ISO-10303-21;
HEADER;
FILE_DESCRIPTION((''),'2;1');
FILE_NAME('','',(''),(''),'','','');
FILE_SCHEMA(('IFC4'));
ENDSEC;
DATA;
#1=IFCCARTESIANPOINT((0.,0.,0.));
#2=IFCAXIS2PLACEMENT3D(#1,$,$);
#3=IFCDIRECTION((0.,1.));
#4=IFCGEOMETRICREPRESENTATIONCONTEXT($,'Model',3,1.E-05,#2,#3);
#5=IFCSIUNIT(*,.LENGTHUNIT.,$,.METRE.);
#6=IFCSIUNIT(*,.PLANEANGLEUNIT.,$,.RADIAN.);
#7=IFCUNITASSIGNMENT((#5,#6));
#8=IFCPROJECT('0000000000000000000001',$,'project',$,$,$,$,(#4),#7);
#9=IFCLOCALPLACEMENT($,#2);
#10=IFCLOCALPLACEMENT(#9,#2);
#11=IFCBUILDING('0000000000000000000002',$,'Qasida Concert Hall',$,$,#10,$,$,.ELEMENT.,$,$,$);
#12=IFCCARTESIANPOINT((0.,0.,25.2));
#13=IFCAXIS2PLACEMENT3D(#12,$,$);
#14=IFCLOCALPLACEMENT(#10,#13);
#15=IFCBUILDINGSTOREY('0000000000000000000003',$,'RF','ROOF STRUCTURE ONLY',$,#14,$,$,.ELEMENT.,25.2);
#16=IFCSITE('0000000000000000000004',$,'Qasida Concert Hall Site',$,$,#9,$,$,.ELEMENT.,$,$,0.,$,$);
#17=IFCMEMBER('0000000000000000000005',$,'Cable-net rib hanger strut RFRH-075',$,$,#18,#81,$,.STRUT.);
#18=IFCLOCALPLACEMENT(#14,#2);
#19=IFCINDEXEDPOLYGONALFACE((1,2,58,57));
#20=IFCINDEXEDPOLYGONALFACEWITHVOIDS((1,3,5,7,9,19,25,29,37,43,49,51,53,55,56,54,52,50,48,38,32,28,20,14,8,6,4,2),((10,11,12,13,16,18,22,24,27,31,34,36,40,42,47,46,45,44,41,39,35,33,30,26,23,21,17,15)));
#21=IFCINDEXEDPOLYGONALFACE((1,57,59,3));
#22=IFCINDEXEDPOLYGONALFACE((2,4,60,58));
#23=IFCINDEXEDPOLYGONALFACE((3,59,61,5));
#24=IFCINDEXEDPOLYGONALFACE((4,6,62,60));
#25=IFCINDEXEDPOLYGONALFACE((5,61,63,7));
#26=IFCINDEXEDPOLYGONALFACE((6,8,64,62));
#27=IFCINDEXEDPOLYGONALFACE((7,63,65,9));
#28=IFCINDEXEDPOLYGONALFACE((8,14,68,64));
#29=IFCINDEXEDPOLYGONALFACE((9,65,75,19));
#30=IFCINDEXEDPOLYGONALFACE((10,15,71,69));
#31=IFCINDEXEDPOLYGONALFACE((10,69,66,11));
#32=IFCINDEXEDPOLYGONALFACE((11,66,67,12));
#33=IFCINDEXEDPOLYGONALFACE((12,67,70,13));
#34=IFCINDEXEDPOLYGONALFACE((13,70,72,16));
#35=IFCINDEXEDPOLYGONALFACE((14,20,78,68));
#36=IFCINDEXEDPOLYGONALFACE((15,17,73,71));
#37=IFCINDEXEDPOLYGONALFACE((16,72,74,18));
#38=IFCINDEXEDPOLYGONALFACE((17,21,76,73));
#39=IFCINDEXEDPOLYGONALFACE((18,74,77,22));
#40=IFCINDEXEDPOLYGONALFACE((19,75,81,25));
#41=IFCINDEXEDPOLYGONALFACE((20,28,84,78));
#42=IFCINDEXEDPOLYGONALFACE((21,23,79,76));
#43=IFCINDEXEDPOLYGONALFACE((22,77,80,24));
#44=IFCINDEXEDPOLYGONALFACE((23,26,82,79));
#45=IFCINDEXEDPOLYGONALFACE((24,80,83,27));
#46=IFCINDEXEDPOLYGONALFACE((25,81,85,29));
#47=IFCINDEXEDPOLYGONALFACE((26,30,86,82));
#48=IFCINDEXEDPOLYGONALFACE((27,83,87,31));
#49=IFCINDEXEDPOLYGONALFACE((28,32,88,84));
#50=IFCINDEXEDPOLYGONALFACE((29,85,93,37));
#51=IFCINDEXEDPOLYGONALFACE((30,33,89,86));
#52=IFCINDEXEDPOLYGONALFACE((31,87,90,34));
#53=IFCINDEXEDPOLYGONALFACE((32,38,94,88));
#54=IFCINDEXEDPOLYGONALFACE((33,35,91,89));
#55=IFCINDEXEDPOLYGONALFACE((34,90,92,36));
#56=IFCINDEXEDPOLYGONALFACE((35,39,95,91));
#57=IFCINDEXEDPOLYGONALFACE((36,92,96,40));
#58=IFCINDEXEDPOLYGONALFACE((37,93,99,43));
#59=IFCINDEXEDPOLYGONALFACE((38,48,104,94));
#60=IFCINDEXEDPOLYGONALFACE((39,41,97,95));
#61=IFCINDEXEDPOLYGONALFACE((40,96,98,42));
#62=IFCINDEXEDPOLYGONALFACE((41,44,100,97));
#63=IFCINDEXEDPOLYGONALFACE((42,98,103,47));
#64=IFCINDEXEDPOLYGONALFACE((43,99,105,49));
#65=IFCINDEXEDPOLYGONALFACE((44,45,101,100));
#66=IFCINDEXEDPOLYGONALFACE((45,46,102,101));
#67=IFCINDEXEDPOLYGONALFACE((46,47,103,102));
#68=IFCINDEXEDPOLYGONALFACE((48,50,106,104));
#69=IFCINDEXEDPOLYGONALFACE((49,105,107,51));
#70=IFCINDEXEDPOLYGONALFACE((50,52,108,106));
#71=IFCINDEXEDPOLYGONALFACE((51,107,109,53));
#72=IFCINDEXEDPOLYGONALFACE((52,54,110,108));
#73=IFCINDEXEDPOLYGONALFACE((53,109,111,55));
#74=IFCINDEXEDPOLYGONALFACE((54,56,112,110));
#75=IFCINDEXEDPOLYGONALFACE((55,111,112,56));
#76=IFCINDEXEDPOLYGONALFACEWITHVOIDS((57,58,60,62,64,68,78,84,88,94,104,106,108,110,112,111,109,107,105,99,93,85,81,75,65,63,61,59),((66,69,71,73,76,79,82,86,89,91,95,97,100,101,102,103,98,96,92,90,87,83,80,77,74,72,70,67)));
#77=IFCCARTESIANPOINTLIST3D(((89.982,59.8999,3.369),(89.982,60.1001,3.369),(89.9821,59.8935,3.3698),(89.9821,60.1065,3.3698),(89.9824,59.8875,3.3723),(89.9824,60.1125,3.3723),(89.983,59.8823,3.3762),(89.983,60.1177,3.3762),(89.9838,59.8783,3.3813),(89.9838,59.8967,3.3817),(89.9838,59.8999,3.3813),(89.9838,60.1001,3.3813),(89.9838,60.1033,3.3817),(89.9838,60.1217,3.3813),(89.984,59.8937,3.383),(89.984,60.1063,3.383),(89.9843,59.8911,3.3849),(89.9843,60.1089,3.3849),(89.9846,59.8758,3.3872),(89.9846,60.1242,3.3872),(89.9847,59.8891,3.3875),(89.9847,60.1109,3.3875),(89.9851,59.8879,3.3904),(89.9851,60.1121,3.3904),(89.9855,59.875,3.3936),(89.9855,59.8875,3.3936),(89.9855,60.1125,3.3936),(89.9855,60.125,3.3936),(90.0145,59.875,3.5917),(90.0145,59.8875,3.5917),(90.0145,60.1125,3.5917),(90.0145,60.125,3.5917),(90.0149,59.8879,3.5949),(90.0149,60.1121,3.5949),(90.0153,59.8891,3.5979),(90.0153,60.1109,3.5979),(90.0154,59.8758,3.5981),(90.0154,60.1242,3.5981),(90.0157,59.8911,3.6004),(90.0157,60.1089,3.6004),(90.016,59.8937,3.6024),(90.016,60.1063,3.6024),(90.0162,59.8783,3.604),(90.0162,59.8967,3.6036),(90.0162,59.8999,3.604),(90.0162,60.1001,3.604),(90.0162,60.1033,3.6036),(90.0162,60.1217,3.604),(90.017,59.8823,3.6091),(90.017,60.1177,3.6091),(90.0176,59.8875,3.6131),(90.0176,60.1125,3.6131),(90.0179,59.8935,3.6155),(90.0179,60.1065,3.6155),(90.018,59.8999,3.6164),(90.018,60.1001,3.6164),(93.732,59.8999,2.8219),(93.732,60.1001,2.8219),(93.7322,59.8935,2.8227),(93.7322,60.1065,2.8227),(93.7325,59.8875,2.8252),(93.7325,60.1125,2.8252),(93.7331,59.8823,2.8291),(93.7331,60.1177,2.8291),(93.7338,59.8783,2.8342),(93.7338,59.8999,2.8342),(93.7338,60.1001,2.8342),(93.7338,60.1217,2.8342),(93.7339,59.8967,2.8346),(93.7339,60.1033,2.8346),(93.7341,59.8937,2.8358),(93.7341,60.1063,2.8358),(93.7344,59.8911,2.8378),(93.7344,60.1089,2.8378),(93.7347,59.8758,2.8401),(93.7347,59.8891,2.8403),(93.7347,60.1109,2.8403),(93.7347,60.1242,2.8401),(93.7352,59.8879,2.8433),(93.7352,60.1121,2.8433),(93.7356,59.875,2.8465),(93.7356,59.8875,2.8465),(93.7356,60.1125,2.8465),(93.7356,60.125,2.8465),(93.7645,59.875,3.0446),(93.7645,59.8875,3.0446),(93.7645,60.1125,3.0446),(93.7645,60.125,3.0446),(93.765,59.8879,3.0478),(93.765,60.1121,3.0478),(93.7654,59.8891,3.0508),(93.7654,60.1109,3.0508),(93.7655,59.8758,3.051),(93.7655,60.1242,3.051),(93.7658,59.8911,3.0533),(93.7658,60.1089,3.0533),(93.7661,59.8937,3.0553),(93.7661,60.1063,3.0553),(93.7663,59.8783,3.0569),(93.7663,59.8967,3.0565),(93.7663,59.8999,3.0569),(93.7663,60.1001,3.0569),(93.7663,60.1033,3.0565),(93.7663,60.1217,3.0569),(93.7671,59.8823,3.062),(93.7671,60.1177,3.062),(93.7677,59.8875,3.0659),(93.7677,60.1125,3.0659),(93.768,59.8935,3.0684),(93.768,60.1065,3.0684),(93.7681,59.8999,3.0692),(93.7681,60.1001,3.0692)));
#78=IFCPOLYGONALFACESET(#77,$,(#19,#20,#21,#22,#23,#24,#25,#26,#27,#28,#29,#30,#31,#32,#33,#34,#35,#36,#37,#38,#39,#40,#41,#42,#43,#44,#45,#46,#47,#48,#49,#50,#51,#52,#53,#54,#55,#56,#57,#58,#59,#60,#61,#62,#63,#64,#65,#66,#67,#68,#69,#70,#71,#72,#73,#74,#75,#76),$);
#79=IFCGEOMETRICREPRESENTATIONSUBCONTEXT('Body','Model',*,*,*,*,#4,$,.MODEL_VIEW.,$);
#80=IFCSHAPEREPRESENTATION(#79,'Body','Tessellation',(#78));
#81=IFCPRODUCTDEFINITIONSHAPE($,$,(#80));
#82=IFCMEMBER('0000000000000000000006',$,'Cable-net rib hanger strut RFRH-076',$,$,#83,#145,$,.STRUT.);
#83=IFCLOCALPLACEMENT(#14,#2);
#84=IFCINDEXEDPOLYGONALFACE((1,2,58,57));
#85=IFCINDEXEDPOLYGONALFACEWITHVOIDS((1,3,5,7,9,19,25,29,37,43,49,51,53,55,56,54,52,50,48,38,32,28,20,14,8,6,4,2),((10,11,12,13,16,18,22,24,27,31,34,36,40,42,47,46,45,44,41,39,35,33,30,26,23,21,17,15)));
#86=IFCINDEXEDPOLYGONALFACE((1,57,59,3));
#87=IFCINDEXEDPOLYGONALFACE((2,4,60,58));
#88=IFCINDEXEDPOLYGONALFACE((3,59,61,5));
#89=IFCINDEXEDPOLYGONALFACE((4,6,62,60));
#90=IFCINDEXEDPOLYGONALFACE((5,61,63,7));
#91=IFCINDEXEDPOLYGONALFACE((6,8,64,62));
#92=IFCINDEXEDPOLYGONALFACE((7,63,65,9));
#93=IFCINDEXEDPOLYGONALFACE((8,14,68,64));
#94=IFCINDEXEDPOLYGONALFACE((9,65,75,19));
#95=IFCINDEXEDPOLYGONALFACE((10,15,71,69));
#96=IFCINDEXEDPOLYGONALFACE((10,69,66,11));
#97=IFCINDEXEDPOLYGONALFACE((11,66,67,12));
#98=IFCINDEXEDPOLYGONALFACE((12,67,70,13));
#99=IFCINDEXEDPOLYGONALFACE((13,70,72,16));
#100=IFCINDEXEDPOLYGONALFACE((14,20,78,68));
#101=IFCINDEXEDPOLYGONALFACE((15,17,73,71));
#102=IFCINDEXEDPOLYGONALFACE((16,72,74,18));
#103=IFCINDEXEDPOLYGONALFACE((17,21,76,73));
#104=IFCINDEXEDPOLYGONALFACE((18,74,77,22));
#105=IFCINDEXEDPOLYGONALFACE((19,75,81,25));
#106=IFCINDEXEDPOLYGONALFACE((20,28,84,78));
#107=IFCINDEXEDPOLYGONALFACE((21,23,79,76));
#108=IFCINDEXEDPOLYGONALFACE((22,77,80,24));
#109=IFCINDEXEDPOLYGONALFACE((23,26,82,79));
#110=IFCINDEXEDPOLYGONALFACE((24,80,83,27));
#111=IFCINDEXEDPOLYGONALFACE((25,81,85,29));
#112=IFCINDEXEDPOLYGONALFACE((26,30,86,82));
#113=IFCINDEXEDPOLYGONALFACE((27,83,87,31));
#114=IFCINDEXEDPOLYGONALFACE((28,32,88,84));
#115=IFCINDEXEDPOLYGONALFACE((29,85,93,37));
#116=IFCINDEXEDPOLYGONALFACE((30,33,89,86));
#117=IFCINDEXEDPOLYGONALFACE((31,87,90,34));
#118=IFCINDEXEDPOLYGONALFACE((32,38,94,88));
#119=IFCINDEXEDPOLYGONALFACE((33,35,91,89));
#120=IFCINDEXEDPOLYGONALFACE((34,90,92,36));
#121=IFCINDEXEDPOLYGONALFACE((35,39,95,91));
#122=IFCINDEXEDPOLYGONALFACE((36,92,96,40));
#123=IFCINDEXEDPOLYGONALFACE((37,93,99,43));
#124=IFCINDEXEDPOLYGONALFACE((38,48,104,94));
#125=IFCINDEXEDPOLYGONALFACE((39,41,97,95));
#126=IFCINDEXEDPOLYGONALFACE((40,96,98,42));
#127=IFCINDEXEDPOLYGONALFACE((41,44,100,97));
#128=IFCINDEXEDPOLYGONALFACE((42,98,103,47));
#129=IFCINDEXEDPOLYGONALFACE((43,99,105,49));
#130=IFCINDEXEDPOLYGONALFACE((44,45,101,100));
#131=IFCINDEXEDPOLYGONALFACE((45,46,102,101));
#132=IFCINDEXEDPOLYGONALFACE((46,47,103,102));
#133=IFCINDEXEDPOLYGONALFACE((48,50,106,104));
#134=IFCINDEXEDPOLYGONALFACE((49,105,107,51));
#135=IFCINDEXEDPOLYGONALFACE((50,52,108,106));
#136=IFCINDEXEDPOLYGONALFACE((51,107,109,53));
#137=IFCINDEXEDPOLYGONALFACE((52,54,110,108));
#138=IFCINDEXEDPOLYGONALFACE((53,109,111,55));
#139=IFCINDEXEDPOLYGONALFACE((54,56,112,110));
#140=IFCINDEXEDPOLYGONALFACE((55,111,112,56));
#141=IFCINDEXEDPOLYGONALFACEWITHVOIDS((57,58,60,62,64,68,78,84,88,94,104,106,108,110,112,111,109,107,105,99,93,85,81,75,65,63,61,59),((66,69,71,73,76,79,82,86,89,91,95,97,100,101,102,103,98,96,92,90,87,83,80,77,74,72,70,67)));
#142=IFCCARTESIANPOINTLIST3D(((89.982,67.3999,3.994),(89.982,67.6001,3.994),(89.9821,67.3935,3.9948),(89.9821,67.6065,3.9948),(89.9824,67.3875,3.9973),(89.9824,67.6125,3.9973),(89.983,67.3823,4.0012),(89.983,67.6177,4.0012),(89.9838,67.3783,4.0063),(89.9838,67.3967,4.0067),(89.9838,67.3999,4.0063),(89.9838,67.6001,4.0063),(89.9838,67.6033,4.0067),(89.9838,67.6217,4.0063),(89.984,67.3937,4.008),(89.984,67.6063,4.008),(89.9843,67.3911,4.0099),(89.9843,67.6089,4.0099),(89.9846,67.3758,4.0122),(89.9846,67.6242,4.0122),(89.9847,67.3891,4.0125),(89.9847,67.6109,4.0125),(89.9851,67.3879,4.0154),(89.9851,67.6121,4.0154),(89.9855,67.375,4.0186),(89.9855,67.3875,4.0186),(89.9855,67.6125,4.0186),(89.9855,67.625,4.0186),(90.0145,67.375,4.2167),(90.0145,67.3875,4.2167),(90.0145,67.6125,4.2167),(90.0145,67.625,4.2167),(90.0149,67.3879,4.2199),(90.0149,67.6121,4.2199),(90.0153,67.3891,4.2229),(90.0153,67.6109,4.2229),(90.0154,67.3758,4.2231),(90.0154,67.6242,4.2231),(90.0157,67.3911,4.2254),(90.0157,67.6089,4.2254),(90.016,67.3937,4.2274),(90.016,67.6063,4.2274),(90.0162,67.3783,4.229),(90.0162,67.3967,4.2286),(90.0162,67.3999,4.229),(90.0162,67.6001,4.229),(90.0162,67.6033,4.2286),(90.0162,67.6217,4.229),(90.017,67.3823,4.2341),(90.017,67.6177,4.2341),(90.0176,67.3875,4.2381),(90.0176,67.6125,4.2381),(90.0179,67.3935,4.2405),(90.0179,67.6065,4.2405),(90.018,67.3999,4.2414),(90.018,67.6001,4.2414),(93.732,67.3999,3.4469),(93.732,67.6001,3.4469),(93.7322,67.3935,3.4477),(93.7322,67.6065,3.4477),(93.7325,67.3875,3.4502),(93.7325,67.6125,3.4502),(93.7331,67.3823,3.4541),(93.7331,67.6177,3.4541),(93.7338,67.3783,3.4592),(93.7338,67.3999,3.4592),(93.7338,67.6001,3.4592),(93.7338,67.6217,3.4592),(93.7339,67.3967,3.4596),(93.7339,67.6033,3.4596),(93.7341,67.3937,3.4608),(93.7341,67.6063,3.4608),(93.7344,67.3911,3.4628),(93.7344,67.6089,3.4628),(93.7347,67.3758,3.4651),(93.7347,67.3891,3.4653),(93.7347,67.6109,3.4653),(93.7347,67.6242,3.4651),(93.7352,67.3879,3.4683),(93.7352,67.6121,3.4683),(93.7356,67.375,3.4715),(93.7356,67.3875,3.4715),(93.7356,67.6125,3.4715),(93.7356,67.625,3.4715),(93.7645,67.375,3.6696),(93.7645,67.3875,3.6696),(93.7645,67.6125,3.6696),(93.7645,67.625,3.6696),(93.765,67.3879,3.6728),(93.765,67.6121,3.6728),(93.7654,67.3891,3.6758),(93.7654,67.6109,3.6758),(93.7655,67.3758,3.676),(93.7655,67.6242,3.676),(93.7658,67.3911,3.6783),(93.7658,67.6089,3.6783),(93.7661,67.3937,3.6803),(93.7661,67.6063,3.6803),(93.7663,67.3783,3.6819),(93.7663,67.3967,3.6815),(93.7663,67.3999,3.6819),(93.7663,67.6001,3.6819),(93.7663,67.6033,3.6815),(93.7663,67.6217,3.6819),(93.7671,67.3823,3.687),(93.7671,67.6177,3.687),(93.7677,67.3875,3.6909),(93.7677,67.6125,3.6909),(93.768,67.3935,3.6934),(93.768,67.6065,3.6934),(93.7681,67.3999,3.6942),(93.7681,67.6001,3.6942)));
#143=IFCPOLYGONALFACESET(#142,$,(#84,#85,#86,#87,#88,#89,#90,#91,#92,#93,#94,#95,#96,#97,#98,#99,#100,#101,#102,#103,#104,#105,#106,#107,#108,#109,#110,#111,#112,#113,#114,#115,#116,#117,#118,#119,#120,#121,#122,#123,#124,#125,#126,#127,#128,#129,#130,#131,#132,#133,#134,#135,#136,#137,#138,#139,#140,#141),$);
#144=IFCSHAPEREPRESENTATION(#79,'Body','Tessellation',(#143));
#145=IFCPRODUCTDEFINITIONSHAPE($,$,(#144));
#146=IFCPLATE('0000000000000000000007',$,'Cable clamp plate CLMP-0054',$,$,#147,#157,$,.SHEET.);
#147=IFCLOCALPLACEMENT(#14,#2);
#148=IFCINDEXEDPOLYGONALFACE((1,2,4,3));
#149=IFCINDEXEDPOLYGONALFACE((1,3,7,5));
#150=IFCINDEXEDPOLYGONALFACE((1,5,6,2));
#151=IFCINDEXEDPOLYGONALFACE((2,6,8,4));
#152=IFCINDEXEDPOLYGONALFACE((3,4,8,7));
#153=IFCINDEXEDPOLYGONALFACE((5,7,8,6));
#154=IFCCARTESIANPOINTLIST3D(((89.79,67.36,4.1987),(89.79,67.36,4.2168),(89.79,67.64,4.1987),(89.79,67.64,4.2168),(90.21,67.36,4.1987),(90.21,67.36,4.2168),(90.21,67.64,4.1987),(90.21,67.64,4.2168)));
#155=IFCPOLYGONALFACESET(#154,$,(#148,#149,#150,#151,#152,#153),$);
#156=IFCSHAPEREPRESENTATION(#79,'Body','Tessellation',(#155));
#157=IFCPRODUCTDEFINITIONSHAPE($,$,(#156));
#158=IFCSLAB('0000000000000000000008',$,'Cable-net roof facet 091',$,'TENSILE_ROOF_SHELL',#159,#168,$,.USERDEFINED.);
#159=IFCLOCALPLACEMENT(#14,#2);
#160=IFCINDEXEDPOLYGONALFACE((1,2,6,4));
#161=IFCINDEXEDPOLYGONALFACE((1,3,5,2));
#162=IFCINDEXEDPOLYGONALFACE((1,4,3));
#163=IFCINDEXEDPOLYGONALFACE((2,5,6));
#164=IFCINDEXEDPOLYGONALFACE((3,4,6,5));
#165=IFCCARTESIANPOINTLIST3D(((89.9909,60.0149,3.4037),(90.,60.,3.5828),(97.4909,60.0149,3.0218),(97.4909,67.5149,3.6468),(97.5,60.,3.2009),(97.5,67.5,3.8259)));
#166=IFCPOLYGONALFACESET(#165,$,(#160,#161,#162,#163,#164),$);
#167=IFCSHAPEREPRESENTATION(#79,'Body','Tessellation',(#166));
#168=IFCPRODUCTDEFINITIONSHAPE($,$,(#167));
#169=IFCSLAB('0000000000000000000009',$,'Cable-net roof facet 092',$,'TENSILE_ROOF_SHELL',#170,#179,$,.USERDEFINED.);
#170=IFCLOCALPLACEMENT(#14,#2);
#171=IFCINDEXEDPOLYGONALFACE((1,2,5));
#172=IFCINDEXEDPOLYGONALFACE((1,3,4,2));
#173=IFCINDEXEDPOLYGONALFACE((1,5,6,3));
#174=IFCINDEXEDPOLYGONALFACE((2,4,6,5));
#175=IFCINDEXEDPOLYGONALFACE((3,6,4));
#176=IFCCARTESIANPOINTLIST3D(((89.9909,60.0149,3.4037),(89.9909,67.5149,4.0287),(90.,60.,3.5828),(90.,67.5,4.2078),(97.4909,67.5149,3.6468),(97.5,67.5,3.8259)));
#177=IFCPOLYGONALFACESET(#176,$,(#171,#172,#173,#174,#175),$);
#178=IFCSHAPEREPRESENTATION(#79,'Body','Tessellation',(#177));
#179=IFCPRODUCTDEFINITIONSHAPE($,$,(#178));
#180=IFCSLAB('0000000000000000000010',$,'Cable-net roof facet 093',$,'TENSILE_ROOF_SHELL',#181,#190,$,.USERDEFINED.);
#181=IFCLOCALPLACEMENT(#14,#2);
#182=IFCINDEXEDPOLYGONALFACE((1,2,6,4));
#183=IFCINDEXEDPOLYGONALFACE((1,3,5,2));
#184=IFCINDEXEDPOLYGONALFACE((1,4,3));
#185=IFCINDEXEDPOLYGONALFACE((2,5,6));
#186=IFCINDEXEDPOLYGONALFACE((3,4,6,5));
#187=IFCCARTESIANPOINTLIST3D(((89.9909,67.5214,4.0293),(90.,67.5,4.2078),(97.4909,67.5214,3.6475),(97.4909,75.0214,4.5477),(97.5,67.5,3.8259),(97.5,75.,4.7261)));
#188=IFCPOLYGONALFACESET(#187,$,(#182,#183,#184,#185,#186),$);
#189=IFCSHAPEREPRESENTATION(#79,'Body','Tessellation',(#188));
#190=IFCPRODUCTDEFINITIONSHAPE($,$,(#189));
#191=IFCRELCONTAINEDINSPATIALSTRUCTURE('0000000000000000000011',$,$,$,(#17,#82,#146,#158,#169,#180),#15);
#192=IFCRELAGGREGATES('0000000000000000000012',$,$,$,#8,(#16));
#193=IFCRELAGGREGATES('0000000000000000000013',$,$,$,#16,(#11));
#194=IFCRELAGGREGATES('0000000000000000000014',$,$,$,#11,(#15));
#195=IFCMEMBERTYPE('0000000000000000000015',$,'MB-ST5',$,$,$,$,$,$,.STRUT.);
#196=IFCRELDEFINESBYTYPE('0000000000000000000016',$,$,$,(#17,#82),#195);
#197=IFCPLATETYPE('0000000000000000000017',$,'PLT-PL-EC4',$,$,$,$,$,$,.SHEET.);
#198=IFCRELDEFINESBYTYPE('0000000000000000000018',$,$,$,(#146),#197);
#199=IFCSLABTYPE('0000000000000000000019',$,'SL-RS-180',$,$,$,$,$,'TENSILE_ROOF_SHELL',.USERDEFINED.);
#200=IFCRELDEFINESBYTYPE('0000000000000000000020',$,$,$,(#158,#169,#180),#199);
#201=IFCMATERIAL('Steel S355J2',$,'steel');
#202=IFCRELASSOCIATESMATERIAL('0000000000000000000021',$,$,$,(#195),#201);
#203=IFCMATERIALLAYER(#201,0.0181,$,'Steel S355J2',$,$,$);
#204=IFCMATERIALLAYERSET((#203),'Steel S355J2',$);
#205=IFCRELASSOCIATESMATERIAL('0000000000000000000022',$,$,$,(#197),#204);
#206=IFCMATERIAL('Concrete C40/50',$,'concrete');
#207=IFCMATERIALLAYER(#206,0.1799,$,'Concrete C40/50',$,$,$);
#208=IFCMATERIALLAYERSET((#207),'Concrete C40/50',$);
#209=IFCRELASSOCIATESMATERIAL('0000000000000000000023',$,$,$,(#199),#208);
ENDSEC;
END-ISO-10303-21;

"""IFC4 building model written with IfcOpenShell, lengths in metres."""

from ifc_helpers import new_model, si_unit, direction, frame, origin, origin_2d, place, context, subcontext, project, spatial, polyline, rectangle, hollow_rectangle, outline, extrude, material, layer, layer_set, material_profile, profile_set, type_object, element, save


model = new_model("IFC4")

# Units and contexts
model_context = context("Model", 3, precision=1e-05, world=origin(), true_north=direction((0.0, 1.0)))
body_context = subcontext(model_context, "Body", "Model", "MODEL_VIEW")
ifc_project = project(units=[si_unit("LENGTHUNIT", "METRE"), si_unit("PLANEANGLEUNIT", "RADIAN")], contexts=[model_context])

# Site, building, storey
site_placement = place(None, origin())
site = spatial("IfcSite", under=ifc_project, at=site_placement, Name="Qasida Concert Hall Site", CompositionType="ELEMENT", RefElevation=0.0)
building_placement = place(site_placement, origin())
building = spatial("IfcBuilding", under=site, at=building_placement, Name="Qasida Concert Hall", CompositionType="ELEMENT")
storey_placement = place(building_placement, frame((0.0, 0.0, 25.2)))
storey = spatial("IfcBuildingStorey", under=building, at=storey_placement, Name="RF", Description="ROOF STRUCTURE ONLY", CompositionType="ELEMENT", Elevation=25.2)

# Members
ifc_material_1 = material(Name="Steel S355J2", Category="steel")
ifc_material_profile_1 = material_profile(ifc_material_1, hollow_rectangle(XDim=0.25, YDim=0.25, WallThickness=0.0125, InnerFilletRadius=0.0125, OuterFilletRadius=0.0249, at=origin_2d()), Name="SHS 250x250x12.5")
ifc_profile_set_1 = profile_set([ifc_material_profile_1], Name="Steel S355J2")
member_type_1 = type_object("IfcMemberType", Name="MB-ST5", PredefinedType="STRUT", material=ifc_profile_set_1)
for number, where, z_axis, x_axis, name in (
    (1, (90.0, 60.0, 3.4927), (0.989524, 0.0, -0.14437), (0.0, 1.0, 0.0), "Cable-net rib hanger strut RFRH-075"),
    (2, (90.0, 67.5, 4.1177), (0.989524, 0.0, -0.14437), (0.0, 1.0, 0.0), "Cable-net rib hanger strut RFRH-076"),
):
    element("IfcMember", number, at=place(storey_placement, frame(where, z_axis=z_axis, x_axis=x_axis)), inside=storey, type_object=member_type_1, Name=name, PredefinedType="STRUT", context=body_context, shape_type="SweptSolid", body=[
        extrude(hollow_rectangle(XDim=0.25, YDim=0.25, WallThickness=0.0125, InnerFilletRadius=0.0125, OuterFilletRadius=0.0249, at=origin_2d()), origin(), (0.0, 0.0, 1.0), 3.7898),
    ])

# Plate
ifc_layer_1 = layer(ifc_material_1, 0.0181, Name="Steel S355J2")
ifc_layer_set_1 = layer_set([ifc_layer_1], Name="Steel S355J2")
plate_type = type_object("IfcPlateType", Name="PLT-PL-EC4", PredefinedType="SHEET", material=ifc_layer_set_1)
plate_placement = place(storey_placement, frame((90.0, 67.5, 4.1987), z_axis=(0.0, 0.0, 1.0), x_axis=(1.0, 0.0, 0.0)))
element("IfcPlate", 3, at=plate_placement, inside=storey, type_object=plate_type, Name="Cable clamp plate CLMP-0054", PredefinedType="SHEET", context=body_context, shape_type="SweptSolid", body=[
    extrude(rectangle(XDim=0.4199, YDim=0.28, at=origin_2d()), origin(), (0.0, 0.0, 1.0), 0.0181),
])

# Slabs
ifc_material_2 = material(Name="Concrete C40/50", Category="concrete")
ifc_layer_2 = layer(ifc_material_2, 0.1799, Name="Concrete C40/50")
ifc_layer_set_2 = layer_set([ifc_layer_2], Name="Concrete C40/50")
slab_type = type_object("IfcSlabType", Name="SL-RS-180", ElementType="TENSILE_ROOF_SHELL", PredefinedType="USERDEFINED", material=ifc_layer_set_2)
slab_1_placement = place(storey_placement, frame((90.0, 60.0, 3.5828), z_axis=(0.05067, -0.082939, 0.995266), x_axis=(0.998707, 0.0, -0.050846)))
element("IfcSlab", 4, at=slab_1_placement, inside=storey, type_object=slab_type, Name="Cable-net roof facet 091", ObjectType="TENSILE_ROOF_SHELL", PredefinedType="USERDEFINED", context=body_context, shape_type="SweptSolid", body=[
    extrude(outline(polyline([(0.0, 0.0), (7.5097, 0.0), (7.4779, 7.5259), (0.0, 0.0)])), origin(), (0.0, 0.0, -1.0), 0.1799),
])
slab_2_placement = place(storey_placement, frame((90.0, 60.0, 3.5828), z_axis=(0.05067, -0.082939, 0.995266), x_axis=(0.706921, 0.706921, 0.02292)))
element("IfcSlab", 5, at=slab_2_placement, inside=storey, type_object=slab_type, Name="Cable-net roof facet 092", ObjectType="TENSILE_ROOF_SHELL", PredefinedType="USERDEFINED", context=body_context, shape_type="SweptSolid", body=[
    extrude(outline(polyline([(0.0, 0.0), (10.6094, 0.0), (5.3162, 5.3271), (0.0, 0.0)])), origin(), (0.0, 0.0, -1.0), 0.1799),
])
slab_3_placement = place(storey_placement, frame((90.0, 67.5, 4.2078), z_axis=(0.050484, -0.119012, 0.991608), x_axis=(0.998707, 0.0, -0.050846)))
element("IfcSlab", 6, at=slab_3_placement, inside=storey, type_object=slab_type, Name="Cable-net roof facet 093", ObjectType="TENSILE_ROOF_SHELL", PredefinedType="USERDEFINED", context=body_context, shape_type="SweptSolid", body=[
    extrude(outline(polyline([(0.0, 0.0), (7.5097, 0.0), (7.4639, 7.5537), (0.0, 0.0)])), origin(), (0.0, 0.0, -1.0), 0.1799),
])

save(model, "model.ifc")
